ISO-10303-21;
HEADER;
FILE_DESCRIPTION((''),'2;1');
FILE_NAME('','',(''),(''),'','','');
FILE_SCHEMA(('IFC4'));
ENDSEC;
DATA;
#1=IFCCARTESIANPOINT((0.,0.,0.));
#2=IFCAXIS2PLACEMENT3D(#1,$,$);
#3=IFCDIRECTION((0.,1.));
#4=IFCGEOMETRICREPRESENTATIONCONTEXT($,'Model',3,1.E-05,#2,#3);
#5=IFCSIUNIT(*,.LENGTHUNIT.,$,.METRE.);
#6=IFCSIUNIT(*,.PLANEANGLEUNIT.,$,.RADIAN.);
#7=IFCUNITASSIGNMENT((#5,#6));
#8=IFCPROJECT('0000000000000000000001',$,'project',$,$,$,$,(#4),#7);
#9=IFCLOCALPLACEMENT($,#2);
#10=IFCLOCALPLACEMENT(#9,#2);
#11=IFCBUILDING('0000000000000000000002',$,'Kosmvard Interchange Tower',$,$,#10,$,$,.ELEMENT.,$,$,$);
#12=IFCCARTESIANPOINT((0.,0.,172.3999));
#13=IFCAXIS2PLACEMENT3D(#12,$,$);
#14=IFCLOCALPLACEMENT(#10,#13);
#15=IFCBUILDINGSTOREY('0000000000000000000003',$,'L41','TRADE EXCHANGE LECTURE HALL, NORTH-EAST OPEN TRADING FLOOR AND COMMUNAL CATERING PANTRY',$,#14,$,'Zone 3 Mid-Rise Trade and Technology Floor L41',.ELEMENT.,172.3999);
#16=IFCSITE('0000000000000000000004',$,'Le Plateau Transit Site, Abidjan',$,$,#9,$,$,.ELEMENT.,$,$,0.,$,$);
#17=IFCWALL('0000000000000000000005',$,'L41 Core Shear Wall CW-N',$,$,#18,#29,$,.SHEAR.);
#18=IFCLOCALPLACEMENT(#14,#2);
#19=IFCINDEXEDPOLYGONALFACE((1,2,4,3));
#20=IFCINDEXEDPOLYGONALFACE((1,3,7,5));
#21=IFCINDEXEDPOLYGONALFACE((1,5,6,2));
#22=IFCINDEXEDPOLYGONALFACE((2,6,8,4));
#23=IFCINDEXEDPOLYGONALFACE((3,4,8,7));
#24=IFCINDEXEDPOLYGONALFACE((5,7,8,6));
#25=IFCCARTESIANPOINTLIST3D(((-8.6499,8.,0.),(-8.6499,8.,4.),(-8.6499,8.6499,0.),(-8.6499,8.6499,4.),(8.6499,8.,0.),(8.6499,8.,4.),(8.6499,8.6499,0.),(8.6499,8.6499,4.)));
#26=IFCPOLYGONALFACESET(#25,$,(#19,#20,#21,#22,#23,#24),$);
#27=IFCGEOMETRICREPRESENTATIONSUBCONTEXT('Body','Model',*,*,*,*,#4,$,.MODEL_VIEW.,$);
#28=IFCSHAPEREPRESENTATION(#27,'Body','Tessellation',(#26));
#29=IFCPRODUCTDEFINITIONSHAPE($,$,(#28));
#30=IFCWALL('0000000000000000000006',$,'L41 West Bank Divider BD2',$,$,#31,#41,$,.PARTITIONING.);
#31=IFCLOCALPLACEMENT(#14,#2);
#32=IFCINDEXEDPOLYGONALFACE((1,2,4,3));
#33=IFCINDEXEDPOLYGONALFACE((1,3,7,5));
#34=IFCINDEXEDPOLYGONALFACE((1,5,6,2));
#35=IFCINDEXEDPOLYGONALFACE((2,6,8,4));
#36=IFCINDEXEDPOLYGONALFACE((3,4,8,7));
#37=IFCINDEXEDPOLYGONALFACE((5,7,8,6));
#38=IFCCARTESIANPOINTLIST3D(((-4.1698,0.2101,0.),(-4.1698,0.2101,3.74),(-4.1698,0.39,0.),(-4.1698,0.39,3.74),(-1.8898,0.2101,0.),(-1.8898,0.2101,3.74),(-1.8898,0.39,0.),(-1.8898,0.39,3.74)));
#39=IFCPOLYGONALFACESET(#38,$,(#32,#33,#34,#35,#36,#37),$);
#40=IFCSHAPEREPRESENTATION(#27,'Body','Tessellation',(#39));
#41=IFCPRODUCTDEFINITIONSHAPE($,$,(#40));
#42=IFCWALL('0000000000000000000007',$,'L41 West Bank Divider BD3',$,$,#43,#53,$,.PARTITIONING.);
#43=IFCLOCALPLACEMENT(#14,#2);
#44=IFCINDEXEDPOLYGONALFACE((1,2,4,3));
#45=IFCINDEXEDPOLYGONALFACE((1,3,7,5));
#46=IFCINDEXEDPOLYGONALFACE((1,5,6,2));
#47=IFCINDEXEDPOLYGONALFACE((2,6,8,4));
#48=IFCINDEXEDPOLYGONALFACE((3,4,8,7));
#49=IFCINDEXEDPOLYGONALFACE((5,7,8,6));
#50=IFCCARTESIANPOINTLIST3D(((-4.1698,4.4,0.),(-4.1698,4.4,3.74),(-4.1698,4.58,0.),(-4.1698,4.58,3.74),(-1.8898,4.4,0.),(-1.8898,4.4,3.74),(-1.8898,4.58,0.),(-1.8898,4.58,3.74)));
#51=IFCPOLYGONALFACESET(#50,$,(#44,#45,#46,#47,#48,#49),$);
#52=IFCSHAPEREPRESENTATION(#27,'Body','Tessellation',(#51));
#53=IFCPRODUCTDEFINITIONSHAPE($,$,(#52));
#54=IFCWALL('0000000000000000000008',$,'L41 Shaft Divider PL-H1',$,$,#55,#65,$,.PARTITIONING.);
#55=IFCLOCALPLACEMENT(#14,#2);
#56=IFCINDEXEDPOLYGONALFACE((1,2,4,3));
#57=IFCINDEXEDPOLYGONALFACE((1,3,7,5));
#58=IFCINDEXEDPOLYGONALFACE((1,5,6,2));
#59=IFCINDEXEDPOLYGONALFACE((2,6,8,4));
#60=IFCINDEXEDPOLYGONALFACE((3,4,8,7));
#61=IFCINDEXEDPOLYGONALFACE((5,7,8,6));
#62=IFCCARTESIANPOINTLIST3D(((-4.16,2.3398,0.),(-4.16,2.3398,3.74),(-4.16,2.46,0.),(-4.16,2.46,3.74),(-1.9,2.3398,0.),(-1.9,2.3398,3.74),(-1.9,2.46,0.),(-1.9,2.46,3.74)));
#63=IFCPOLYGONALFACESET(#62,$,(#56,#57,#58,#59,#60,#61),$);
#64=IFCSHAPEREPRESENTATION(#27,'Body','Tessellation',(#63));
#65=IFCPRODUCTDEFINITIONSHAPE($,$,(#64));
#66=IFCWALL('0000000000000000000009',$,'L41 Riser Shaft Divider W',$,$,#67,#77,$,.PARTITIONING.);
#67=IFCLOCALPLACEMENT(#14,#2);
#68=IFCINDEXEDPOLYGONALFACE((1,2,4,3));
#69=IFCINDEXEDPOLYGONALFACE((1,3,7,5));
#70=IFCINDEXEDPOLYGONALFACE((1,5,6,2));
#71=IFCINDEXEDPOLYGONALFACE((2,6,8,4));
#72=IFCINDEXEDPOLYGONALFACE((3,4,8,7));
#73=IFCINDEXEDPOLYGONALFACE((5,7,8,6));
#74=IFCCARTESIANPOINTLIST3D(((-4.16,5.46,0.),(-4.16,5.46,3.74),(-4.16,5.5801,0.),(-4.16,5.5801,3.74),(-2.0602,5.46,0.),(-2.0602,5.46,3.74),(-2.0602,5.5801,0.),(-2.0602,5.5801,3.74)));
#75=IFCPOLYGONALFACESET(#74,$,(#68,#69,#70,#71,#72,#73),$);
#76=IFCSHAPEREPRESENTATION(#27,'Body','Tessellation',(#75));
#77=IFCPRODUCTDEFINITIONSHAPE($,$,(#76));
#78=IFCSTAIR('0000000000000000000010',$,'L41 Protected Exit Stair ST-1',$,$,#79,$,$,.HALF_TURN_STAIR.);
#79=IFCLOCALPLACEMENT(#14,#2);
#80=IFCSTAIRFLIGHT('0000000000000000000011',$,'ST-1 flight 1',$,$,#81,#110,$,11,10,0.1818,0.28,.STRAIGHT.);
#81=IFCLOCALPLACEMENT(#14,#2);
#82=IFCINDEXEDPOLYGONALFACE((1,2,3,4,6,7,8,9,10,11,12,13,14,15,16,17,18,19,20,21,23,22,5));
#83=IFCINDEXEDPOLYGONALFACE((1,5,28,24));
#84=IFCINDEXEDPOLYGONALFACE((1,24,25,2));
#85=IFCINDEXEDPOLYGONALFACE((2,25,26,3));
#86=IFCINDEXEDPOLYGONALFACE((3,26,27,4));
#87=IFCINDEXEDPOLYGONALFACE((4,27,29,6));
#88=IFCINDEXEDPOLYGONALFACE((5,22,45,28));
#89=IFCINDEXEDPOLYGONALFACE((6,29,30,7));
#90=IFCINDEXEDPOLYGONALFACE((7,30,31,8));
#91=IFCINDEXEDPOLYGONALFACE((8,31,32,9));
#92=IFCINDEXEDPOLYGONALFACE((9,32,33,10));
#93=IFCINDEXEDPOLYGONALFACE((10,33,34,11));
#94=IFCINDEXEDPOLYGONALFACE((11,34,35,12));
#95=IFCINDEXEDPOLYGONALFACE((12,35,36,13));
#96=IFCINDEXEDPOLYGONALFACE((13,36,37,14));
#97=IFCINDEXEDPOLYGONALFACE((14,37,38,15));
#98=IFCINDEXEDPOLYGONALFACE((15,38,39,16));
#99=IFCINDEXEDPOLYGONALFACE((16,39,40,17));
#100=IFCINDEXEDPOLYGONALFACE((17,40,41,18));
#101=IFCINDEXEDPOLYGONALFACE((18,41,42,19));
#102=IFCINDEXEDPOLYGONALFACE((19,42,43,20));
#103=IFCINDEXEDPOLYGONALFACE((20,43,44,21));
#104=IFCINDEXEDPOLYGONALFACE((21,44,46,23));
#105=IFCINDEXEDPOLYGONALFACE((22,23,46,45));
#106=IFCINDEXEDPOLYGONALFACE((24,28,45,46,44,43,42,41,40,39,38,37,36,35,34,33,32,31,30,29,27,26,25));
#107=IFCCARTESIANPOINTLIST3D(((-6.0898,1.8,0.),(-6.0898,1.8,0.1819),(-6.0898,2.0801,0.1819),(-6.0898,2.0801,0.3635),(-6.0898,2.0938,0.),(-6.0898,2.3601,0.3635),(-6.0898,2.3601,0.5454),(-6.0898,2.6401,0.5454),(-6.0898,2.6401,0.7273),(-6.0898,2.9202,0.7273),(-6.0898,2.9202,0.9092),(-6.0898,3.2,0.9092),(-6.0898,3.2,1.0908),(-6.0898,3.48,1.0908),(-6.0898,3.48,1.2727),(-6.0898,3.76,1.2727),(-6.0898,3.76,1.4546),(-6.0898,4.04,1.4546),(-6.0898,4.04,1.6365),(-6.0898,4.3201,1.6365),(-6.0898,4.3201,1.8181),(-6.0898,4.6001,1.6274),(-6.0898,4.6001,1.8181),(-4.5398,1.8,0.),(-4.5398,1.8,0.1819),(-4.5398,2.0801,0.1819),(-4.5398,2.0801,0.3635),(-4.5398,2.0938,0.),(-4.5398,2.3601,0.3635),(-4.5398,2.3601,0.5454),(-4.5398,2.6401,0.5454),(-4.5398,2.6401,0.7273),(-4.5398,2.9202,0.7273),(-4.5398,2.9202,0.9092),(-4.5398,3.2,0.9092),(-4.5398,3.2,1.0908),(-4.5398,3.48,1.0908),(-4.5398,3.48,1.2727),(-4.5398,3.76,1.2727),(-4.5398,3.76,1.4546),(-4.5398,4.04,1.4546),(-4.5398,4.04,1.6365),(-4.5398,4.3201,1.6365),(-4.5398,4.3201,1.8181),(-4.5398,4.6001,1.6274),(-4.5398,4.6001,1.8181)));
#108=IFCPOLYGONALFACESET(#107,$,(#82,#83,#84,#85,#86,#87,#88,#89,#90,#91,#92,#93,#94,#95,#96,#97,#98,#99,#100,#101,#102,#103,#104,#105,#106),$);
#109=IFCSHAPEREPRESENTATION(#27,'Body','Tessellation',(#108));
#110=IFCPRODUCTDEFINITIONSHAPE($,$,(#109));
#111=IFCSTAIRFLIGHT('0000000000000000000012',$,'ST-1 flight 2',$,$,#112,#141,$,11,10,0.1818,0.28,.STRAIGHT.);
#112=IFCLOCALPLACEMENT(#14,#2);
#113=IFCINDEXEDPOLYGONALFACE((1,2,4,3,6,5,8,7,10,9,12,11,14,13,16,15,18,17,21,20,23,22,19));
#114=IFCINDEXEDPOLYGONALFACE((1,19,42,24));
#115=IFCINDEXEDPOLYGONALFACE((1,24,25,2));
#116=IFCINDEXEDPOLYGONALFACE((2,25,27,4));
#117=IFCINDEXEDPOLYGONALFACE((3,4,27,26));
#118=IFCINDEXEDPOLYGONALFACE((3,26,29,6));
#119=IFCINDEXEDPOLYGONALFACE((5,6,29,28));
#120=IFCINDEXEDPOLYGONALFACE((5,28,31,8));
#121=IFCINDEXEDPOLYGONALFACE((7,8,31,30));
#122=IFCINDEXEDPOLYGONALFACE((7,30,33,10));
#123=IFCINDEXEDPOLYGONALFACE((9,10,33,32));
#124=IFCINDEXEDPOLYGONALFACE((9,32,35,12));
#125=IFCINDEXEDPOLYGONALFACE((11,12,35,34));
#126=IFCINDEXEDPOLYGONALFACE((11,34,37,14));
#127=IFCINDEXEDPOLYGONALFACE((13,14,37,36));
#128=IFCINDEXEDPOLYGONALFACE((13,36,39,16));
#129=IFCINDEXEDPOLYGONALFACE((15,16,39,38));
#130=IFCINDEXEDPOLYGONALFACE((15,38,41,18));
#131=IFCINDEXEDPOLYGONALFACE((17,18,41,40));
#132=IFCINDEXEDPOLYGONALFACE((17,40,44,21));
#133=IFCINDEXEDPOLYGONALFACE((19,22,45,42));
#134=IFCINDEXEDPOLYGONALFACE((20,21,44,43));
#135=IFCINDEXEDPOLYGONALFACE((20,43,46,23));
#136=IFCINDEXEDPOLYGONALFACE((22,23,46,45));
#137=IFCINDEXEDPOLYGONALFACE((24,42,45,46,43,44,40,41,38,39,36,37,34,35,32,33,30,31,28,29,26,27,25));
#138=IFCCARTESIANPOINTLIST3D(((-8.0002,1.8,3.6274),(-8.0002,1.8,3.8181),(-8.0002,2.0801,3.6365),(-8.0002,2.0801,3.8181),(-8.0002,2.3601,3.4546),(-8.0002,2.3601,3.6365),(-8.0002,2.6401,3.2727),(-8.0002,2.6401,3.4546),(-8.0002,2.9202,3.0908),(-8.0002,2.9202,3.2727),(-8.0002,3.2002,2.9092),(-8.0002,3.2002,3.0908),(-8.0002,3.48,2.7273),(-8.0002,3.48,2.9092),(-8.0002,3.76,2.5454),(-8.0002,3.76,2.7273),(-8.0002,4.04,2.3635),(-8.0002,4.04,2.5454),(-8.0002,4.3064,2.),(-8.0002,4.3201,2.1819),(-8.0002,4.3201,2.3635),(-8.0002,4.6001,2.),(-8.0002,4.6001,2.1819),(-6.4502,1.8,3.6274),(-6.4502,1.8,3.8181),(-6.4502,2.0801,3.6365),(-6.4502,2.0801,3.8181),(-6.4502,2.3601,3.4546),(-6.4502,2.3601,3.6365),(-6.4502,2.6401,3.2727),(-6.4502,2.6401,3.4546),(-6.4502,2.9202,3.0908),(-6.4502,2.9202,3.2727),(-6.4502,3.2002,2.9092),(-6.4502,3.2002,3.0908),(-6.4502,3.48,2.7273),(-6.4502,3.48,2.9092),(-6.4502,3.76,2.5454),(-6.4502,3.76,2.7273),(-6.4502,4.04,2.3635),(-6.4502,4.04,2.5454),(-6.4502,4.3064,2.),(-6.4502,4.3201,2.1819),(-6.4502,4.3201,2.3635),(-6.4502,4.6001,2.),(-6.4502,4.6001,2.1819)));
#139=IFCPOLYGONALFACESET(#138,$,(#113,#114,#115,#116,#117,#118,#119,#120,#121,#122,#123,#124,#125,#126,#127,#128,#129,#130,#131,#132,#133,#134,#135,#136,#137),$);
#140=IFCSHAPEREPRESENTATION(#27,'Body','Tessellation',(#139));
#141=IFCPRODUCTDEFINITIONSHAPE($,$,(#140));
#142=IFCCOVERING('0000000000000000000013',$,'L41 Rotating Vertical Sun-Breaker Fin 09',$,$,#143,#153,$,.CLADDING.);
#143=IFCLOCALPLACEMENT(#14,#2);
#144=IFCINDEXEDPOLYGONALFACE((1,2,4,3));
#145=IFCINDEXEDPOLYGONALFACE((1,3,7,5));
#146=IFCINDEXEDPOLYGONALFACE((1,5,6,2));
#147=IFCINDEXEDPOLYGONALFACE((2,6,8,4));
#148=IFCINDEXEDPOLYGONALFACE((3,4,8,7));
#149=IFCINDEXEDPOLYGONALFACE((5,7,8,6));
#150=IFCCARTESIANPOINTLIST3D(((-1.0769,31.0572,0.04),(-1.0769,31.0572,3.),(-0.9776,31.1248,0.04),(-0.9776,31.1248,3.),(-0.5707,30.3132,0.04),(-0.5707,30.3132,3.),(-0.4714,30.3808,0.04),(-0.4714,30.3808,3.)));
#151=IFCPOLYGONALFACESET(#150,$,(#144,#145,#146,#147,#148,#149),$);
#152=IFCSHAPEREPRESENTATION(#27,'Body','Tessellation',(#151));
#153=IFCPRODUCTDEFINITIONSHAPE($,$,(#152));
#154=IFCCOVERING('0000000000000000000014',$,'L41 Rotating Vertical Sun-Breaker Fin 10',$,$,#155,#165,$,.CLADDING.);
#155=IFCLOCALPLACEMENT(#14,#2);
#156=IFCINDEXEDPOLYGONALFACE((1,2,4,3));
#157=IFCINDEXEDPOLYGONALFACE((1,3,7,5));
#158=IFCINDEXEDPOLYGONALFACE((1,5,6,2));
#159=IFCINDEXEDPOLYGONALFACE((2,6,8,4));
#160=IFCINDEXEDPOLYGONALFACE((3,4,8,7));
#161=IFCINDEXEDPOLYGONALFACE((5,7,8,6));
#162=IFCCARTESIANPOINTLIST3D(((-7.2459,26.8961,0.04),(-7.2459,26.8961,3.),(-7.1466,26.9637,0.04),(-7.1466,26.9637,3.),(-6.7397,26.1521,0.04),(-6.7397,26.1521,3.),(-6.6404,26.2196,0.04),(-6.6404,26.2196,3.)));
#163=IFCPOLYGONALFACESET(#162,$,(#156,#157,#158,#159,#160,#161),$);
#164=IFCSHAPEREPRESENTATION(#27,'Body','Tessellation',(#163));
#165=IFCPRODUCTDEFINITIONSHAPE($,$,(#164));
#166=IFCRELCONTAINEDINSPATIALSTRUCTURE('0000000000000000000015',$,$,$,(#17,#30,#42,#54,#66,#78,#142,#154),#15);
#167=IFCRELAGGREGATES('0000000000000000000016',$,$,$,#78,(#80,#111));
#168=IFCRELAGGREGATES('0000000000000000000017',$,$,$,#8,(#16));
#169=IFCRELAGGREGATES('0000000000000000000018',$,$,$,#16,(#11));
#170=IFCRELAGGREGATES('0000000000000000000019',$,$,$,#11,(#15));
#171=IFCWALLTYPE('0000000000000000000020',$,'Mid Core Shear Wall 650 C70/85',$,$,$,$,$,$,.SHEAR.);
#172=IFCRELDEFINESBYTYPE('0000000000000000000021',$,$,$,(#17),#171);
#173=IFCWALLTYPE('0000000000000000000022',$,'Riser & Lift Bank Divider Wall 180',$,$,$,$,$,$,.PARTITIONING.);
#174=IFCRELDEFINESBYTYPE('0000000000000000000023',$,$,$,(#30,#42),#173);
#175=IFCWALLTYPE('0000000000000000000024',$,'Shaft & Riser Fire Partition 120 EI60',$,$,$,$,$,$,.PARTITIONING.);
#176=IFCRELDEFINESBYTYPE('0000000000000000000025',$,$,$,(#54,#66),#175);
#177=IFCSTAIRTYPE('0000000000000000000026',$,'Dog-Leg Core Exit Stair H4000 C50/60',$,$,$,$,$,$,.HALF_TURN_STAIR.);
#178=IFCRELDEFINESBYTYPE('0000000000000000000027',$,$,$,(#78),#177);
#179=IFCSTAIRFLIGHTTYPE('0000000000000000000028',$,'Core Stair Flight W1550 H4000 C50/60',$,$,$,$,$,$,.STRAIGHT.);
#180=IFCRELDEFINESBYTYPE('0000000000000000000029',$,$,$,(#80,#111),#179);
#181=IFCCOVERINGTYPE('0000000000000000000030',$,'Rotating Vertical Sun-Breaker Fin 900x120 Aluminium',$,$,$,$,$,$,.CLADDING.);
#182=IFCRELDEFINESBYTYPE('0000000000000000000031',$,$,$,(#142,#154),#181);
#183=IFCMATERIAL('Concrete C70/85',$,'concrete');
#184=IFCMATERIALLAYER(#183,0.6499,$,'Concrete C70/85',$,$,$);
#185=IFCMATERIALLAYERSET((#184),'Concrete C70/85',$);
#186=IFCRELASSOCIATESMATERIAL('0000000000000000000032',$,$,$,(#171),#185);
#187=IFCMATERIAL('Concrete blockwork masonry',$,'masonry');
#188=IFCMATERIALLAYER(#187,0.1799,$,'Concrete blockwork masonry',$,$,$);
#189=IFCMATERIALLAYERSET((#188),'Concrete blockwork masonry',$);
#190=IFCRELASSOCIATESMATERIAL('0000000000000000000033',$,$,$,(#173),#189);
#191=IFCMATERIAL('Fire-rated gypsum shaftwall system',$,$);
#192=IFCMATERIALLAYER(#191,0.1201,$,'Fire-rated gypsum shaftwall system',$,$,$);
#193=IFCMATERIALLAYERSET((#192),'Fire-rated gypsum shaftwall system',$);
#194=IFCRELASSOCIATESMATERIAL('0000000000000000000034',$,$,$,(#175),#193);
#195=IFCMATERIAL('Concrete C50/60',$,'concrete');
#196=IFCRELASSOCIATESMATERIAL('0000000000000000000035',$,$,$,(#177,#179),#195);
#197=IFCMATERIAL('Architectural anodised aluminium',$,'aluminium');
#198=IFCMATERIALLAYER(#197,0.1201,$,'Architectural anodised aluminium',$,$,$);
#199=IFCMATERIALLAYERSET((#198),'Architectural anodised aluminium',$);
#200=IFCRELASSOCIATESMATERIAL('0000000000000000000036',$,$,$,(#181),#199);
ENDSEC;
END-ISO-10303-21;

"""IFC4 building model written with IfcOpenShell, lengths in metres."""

from ifc_helpers import new_model, si_unit, direction, frame, frame_2d, origin, origin_2d, place, context, subcontext, project, spatial, polyline, rectangle, outline, extrude, source, transform, mapped, material, layer, layer_set, type_object, element, aggregate, save


model = new_model("IFC4")

# Units and contexts
model_context = context("Model", 3, precision=1e-05, world=origin(), true_north=direction((0.0, 1.0)))
body_context = subcontext(model_context, "Body", "Model", "MODEL_VIEW")
ifc_project = project(units=[si_unit("LENGTHUNIT", "METRE"), si_unit("PLANEANGLEUNIT", "RADIAN")], contexts=[model_context])

# Site, building, storey
site_placement = place(None, origin())
site = spatial("IfcSite", under=ifc_project, at=site_placement, Name="Le Plateau Transit Site, Abidjan", CompositionType="ELEMENT", RefElevation=0.0)
building_placement = place(site_placement, origin())
building = spatial("IfcBuilding", under=site, at=building_placement, Name="Kosmvard Interchange Tower", CompositionType="ELEMENT")
storey_placement = place(building_placement, frame((0.0, 0.0, 172.3999)))
storey = spatial("IfcBuildingStorey", under=building, at=storey_placement, Name="L41", Description="TRADE EXCHANGE LECTURE HALL, NORTH-EAST OPEN TRADING FLOOR AND COMMUNAL CATERING PANTRY", LongName="Zone 3 Mid-Rise Trade and Technology Floor L41", CompositionType="ELEMENT", Elevation=172.3999)

# Walls
ifc_material_1 = material(Name="Concrete C70/85", Category="concrete")
ifc_layer_1 = layer(ifc_material_1, 0.6499, Name="Concrete C70/85")
ifc_layer_set_1 = layer_set([ifc_layer_1], Name="Concrete C70/85")
wall_type_1 = type_object("IfcWallType", Name="Mid Core Shear Wall 650 C70/85", PredefinedType="SHEAR", material=ifc_layer_set_1)
wall_1_placement = place(storey_placement, frame((-8.6499, 8.325, 0.0), z_axis=(0.0, 0.0, 1.0), x_axis=(1.0, 0.0, 0.0)))
element("IfcWall", 1, at=wall_1_placement, inside=storey, type_object=wall_type_1, Name="L41 Core Shear Wall CW-N", PredefinedType="SHEAR", context=body_context, shape_type="SweptSolid", body=[
    extrude(rectangle(XDim=17.2998, YDim=0.6499, at=frame_2d((8.6499, 0.0))), origin(), (0.0, 0.0, 1.0), 4.0),
])
ifc_material_2 = material(Name="Concrete blockwork masonry", Category="masonry")
ifc_layer_2 = layer(ifc_material_2, 0.1799, Name="Concrete blockwork masonry")
ifc_layer_set_2 = layer_set([ifc_layer_2], Name="Concrete blockwork masonry")
wall_type_2 = type_object("IfcWallType", Name="Riser & Lift Bank Divider Wall 180", PredefinedType="PARTITIONING", material=ifc_layer_set_2)
for number, where, z_axis, x_axis, name in (
    (2, (-4.1699, 0.3, 0.0), (0.0, 0.0, 1.0), (1.0, 0.0, 0.0), "L41 West Bank Divider BD2"),
    (3, (-4.1699, 4.49, 0.0), (0.0, 0.0, 1.0), (1.0, 0.0, 0.0), "L41 West Bank Divider BD3"),
):
    element("IfcWall", number, at=place(storey_placement, frame(where, z_axis=z_axis, x_axis=x_axis)), inside=storey, type_object=wall_type_2, Name=name, PredefinedType="PARTITIONING", context=body_context, shape_type="SweptSolid", body=[
        extrude(rectangle(XDim=2.28, YDim=0.1799, at=frame_2d((1.1401, 0.0))), origin(), (0.0, 0.0, 1.0), 3.74),
    ])
ifc_material_3 = material(Name="Fire-rated gypsum shaftwall system")
ifc_layer_3 = layer(ifc_material_3, 0.1201, Name="Fire-rated gypsum shaftwall system")
ifc_layer_set_3 = layer_set([ifc_layer_3], Name="Fire-rated gypsum shaftwall system")
wall_type_3 = type_object("IfcWallType", Name="Shaft & Riser Fire Partition 120 EI60", PredefinedType="PARTITIONING", material=ifc_layer_set_3)
wall_2_placement = place(storey_placement, frame((-4.1599, 2.3999, 0.0), z_axis=(0.0, 0.0, 1.0), x_axis=(1.0, 0.0, 0.0)))
element("IfcWall", 4, at=wall_2_placement, inside=storey, type_object=wall_type_3, Name="L41 Shaft Divider PL-H1", PredefinedType="PARTITIONING", context=body_context, shape_type="SweptSolid", body=[
    extrude(rectangle(XDim=2.26, YDim=0.1201, at=frame_2d((1.1299, 0.0))), origin(), (0.0, 0.0, 1.0), 3.74),
])
wall_3_placement = place(storey_placement, frame((-4.1599, 5.52, 0.0), z_axis=(0.0, 0.0, 1.0), x_axis=(1.0, 0.0, 0.0)))
element("IfcWall", 5, at=wall_3_placement, inside=storey, type_object=wall_type_3, Name="L41 Riser Shaft Divider W", PredefinedType="PARTITIONING", context=body_context, shape_type="SweptSolid", body=[
    extrude(rectangle(XDim=2.0999, YDim=0.1201, at=frame_2d((1.0498, 0.0))), origin(), (0.0, 0.0, 1.0), 3.74),
])

# Stair, stair flights
ifc_material_4 = material(Name="Concrete C50/60", Category="concrete")
stair_type = type_object("IfcStairType", Name="Dog-Leg Core Exit Stair H4000 C50/60", PredefinedType="HALF_TURN_STAIR", material=ifc_material_4)
stair_placement = place(storey_placement, origin())
stair = element("IfcStair", 6, at=stair_placement, inside=storey, type_object=stair_type, Name="L41 Protected Exit Stair ST-1", PredefinedType="HALF_TURN_STAIR")
stair_flight_type = type_object("IfcStairFlightType", Name="Core Stair Flight W1550 H4000 C50/60", PredefinedType="STRAIGHT", material=ifc_material_4)
shared_shape_1 = source(origin(), body_context, "Body", "SweptSolid", [
    extrude(outline(polyline([(0.0, 0.0), (0.0, 0.1819), (0.28, 0.1819), (0.28, 0.3635), (0.5601, 0.3635), (0.5601, 0.5454), (0.8401, 0.5454), (0.8401, 0.7273), (1.1201, 0.7273), (1.1201, 0.9092), (1.3999, 0.9092), (1.3999, 1.0908), (1.6799, 1.0908), (1.6799, 1.2727), (1.96, 1.2727), (1.96, 1.4546), (2.24, 1.4546), (2.24, 1.6365), (2.52, 1.6365), (2.52, 1.8181), (2.8, 1.8181), (2.8, 2.0), (2.8, 1.6274), (0.2937, 0.0), (0.0, 0.0)])), frame((0.0, 0.7749, 0.0), z_axis=(0.0, -1.0, 0.0), x_axis=(1.0, 0.0, 0.0)), (0.0, 0.0, 1.0), 1.55),
])
stair_flight_1_placement = place(storey_placement, frame((-5.3149, 1.8, 0.0), z_axis=(0.0, 0.0, 1.0), x_axis=(0.0, 1.0, 0.0)))
stair_flight_1 = element("IfcStairFlight", 7, at=stair_flight_1_placement, type_object=stair_flight_type, Name="ST-1 flight 1", NumberOfRisers=11, NumberOfTreads=10, PredefinedType="STRAIGHT", RiserHeight=0.1818, TreadLength=0.28, context=body_context, shape_type="MappedRepresentation", body=[
    mapped(shared_shape_1, transform((0.0, 0.0, 0.0), scale=1.0)),
])
stair_flight_2_placement = place(storey_placement, frame((-7.2251, 4.6001, 2.0), z_axis=(0.0, 0.0, 1.0), x_axis=(0.0, -1.0, 0.0)))
stair_flight_2 = element("IfcStairFlight", 8, at=stair_flight_2_placement, type_object=stair_flight_type, Name="ST-1 flight 2", NumberOfRisers=11, NumberOfTreads=10, PredefinedType="STRAIGHT", RiserHeight=0.1818, TreadLength=0.28, context=body_context, shape_type="MappedRepresentation", body=[
    mapped(shared_shape_1, transform((0.0, 0.0, 0.0), scale=1.0)),
])
aggregate(stair, [stair_flight_1, stair_flight_2])

# Coverings
ifc_material_5 = material(Name="Architectural anodised aluminium", Category="aluminium")
ifc_layer_4 = layer(ifc_material_5, 0.1201, Name="Architectural anodised aluminium")
ifc_layer_set_4 = layer_set([ifc_layer_4], Name="Architectural anodised aluminium")
covering_type = type_object("IfcCoveringType", Name="Rotating Vertical Sun-Breaker Fin 900x120 Aluminium", PredefinedType="CLADDING", material=ifc_layer_set_4)
shared_shape_2 = source(origin(), body_context, "Body", "SweptSolid", [
    extrude(rectangle(XDim=0.8999, YDim=0.1201, at=origin_2d()), origin(), (0.0, 0.0, 1.0), 2.96),
])
for number, where, z_axis, x_axis, name in (
    (9, (-0.7742, 30.719, 0.04), (0.0, 0.0, 1.0), (-0.562516, 0.826786, 0.0), "L41 Rotating Vertical Sun-Breaker Fin 09"),
    (10, (-6.9431, 26.5579, 0.04), (0.0, 0.0, 1.0), (-0.562516, 0.826786, 0.0), "L41 Rotating Vertical Sun-Breaker Fin 10"),
):
    element("IfcCovering", number, at=place(storey_placement, frame(where, z_axis=z_axis, x_axis=x_axis)), inside=storey, type_object=covering_type, Name=name, PredefinedType="CLADDING", context=body_context, shape_type="MappedRepresentation", body=[
        mapped(shared_shape_2, transform((0.0, 0.0, 0.0), scale=1.0)),
    ])

save(model, "model.ifc")
